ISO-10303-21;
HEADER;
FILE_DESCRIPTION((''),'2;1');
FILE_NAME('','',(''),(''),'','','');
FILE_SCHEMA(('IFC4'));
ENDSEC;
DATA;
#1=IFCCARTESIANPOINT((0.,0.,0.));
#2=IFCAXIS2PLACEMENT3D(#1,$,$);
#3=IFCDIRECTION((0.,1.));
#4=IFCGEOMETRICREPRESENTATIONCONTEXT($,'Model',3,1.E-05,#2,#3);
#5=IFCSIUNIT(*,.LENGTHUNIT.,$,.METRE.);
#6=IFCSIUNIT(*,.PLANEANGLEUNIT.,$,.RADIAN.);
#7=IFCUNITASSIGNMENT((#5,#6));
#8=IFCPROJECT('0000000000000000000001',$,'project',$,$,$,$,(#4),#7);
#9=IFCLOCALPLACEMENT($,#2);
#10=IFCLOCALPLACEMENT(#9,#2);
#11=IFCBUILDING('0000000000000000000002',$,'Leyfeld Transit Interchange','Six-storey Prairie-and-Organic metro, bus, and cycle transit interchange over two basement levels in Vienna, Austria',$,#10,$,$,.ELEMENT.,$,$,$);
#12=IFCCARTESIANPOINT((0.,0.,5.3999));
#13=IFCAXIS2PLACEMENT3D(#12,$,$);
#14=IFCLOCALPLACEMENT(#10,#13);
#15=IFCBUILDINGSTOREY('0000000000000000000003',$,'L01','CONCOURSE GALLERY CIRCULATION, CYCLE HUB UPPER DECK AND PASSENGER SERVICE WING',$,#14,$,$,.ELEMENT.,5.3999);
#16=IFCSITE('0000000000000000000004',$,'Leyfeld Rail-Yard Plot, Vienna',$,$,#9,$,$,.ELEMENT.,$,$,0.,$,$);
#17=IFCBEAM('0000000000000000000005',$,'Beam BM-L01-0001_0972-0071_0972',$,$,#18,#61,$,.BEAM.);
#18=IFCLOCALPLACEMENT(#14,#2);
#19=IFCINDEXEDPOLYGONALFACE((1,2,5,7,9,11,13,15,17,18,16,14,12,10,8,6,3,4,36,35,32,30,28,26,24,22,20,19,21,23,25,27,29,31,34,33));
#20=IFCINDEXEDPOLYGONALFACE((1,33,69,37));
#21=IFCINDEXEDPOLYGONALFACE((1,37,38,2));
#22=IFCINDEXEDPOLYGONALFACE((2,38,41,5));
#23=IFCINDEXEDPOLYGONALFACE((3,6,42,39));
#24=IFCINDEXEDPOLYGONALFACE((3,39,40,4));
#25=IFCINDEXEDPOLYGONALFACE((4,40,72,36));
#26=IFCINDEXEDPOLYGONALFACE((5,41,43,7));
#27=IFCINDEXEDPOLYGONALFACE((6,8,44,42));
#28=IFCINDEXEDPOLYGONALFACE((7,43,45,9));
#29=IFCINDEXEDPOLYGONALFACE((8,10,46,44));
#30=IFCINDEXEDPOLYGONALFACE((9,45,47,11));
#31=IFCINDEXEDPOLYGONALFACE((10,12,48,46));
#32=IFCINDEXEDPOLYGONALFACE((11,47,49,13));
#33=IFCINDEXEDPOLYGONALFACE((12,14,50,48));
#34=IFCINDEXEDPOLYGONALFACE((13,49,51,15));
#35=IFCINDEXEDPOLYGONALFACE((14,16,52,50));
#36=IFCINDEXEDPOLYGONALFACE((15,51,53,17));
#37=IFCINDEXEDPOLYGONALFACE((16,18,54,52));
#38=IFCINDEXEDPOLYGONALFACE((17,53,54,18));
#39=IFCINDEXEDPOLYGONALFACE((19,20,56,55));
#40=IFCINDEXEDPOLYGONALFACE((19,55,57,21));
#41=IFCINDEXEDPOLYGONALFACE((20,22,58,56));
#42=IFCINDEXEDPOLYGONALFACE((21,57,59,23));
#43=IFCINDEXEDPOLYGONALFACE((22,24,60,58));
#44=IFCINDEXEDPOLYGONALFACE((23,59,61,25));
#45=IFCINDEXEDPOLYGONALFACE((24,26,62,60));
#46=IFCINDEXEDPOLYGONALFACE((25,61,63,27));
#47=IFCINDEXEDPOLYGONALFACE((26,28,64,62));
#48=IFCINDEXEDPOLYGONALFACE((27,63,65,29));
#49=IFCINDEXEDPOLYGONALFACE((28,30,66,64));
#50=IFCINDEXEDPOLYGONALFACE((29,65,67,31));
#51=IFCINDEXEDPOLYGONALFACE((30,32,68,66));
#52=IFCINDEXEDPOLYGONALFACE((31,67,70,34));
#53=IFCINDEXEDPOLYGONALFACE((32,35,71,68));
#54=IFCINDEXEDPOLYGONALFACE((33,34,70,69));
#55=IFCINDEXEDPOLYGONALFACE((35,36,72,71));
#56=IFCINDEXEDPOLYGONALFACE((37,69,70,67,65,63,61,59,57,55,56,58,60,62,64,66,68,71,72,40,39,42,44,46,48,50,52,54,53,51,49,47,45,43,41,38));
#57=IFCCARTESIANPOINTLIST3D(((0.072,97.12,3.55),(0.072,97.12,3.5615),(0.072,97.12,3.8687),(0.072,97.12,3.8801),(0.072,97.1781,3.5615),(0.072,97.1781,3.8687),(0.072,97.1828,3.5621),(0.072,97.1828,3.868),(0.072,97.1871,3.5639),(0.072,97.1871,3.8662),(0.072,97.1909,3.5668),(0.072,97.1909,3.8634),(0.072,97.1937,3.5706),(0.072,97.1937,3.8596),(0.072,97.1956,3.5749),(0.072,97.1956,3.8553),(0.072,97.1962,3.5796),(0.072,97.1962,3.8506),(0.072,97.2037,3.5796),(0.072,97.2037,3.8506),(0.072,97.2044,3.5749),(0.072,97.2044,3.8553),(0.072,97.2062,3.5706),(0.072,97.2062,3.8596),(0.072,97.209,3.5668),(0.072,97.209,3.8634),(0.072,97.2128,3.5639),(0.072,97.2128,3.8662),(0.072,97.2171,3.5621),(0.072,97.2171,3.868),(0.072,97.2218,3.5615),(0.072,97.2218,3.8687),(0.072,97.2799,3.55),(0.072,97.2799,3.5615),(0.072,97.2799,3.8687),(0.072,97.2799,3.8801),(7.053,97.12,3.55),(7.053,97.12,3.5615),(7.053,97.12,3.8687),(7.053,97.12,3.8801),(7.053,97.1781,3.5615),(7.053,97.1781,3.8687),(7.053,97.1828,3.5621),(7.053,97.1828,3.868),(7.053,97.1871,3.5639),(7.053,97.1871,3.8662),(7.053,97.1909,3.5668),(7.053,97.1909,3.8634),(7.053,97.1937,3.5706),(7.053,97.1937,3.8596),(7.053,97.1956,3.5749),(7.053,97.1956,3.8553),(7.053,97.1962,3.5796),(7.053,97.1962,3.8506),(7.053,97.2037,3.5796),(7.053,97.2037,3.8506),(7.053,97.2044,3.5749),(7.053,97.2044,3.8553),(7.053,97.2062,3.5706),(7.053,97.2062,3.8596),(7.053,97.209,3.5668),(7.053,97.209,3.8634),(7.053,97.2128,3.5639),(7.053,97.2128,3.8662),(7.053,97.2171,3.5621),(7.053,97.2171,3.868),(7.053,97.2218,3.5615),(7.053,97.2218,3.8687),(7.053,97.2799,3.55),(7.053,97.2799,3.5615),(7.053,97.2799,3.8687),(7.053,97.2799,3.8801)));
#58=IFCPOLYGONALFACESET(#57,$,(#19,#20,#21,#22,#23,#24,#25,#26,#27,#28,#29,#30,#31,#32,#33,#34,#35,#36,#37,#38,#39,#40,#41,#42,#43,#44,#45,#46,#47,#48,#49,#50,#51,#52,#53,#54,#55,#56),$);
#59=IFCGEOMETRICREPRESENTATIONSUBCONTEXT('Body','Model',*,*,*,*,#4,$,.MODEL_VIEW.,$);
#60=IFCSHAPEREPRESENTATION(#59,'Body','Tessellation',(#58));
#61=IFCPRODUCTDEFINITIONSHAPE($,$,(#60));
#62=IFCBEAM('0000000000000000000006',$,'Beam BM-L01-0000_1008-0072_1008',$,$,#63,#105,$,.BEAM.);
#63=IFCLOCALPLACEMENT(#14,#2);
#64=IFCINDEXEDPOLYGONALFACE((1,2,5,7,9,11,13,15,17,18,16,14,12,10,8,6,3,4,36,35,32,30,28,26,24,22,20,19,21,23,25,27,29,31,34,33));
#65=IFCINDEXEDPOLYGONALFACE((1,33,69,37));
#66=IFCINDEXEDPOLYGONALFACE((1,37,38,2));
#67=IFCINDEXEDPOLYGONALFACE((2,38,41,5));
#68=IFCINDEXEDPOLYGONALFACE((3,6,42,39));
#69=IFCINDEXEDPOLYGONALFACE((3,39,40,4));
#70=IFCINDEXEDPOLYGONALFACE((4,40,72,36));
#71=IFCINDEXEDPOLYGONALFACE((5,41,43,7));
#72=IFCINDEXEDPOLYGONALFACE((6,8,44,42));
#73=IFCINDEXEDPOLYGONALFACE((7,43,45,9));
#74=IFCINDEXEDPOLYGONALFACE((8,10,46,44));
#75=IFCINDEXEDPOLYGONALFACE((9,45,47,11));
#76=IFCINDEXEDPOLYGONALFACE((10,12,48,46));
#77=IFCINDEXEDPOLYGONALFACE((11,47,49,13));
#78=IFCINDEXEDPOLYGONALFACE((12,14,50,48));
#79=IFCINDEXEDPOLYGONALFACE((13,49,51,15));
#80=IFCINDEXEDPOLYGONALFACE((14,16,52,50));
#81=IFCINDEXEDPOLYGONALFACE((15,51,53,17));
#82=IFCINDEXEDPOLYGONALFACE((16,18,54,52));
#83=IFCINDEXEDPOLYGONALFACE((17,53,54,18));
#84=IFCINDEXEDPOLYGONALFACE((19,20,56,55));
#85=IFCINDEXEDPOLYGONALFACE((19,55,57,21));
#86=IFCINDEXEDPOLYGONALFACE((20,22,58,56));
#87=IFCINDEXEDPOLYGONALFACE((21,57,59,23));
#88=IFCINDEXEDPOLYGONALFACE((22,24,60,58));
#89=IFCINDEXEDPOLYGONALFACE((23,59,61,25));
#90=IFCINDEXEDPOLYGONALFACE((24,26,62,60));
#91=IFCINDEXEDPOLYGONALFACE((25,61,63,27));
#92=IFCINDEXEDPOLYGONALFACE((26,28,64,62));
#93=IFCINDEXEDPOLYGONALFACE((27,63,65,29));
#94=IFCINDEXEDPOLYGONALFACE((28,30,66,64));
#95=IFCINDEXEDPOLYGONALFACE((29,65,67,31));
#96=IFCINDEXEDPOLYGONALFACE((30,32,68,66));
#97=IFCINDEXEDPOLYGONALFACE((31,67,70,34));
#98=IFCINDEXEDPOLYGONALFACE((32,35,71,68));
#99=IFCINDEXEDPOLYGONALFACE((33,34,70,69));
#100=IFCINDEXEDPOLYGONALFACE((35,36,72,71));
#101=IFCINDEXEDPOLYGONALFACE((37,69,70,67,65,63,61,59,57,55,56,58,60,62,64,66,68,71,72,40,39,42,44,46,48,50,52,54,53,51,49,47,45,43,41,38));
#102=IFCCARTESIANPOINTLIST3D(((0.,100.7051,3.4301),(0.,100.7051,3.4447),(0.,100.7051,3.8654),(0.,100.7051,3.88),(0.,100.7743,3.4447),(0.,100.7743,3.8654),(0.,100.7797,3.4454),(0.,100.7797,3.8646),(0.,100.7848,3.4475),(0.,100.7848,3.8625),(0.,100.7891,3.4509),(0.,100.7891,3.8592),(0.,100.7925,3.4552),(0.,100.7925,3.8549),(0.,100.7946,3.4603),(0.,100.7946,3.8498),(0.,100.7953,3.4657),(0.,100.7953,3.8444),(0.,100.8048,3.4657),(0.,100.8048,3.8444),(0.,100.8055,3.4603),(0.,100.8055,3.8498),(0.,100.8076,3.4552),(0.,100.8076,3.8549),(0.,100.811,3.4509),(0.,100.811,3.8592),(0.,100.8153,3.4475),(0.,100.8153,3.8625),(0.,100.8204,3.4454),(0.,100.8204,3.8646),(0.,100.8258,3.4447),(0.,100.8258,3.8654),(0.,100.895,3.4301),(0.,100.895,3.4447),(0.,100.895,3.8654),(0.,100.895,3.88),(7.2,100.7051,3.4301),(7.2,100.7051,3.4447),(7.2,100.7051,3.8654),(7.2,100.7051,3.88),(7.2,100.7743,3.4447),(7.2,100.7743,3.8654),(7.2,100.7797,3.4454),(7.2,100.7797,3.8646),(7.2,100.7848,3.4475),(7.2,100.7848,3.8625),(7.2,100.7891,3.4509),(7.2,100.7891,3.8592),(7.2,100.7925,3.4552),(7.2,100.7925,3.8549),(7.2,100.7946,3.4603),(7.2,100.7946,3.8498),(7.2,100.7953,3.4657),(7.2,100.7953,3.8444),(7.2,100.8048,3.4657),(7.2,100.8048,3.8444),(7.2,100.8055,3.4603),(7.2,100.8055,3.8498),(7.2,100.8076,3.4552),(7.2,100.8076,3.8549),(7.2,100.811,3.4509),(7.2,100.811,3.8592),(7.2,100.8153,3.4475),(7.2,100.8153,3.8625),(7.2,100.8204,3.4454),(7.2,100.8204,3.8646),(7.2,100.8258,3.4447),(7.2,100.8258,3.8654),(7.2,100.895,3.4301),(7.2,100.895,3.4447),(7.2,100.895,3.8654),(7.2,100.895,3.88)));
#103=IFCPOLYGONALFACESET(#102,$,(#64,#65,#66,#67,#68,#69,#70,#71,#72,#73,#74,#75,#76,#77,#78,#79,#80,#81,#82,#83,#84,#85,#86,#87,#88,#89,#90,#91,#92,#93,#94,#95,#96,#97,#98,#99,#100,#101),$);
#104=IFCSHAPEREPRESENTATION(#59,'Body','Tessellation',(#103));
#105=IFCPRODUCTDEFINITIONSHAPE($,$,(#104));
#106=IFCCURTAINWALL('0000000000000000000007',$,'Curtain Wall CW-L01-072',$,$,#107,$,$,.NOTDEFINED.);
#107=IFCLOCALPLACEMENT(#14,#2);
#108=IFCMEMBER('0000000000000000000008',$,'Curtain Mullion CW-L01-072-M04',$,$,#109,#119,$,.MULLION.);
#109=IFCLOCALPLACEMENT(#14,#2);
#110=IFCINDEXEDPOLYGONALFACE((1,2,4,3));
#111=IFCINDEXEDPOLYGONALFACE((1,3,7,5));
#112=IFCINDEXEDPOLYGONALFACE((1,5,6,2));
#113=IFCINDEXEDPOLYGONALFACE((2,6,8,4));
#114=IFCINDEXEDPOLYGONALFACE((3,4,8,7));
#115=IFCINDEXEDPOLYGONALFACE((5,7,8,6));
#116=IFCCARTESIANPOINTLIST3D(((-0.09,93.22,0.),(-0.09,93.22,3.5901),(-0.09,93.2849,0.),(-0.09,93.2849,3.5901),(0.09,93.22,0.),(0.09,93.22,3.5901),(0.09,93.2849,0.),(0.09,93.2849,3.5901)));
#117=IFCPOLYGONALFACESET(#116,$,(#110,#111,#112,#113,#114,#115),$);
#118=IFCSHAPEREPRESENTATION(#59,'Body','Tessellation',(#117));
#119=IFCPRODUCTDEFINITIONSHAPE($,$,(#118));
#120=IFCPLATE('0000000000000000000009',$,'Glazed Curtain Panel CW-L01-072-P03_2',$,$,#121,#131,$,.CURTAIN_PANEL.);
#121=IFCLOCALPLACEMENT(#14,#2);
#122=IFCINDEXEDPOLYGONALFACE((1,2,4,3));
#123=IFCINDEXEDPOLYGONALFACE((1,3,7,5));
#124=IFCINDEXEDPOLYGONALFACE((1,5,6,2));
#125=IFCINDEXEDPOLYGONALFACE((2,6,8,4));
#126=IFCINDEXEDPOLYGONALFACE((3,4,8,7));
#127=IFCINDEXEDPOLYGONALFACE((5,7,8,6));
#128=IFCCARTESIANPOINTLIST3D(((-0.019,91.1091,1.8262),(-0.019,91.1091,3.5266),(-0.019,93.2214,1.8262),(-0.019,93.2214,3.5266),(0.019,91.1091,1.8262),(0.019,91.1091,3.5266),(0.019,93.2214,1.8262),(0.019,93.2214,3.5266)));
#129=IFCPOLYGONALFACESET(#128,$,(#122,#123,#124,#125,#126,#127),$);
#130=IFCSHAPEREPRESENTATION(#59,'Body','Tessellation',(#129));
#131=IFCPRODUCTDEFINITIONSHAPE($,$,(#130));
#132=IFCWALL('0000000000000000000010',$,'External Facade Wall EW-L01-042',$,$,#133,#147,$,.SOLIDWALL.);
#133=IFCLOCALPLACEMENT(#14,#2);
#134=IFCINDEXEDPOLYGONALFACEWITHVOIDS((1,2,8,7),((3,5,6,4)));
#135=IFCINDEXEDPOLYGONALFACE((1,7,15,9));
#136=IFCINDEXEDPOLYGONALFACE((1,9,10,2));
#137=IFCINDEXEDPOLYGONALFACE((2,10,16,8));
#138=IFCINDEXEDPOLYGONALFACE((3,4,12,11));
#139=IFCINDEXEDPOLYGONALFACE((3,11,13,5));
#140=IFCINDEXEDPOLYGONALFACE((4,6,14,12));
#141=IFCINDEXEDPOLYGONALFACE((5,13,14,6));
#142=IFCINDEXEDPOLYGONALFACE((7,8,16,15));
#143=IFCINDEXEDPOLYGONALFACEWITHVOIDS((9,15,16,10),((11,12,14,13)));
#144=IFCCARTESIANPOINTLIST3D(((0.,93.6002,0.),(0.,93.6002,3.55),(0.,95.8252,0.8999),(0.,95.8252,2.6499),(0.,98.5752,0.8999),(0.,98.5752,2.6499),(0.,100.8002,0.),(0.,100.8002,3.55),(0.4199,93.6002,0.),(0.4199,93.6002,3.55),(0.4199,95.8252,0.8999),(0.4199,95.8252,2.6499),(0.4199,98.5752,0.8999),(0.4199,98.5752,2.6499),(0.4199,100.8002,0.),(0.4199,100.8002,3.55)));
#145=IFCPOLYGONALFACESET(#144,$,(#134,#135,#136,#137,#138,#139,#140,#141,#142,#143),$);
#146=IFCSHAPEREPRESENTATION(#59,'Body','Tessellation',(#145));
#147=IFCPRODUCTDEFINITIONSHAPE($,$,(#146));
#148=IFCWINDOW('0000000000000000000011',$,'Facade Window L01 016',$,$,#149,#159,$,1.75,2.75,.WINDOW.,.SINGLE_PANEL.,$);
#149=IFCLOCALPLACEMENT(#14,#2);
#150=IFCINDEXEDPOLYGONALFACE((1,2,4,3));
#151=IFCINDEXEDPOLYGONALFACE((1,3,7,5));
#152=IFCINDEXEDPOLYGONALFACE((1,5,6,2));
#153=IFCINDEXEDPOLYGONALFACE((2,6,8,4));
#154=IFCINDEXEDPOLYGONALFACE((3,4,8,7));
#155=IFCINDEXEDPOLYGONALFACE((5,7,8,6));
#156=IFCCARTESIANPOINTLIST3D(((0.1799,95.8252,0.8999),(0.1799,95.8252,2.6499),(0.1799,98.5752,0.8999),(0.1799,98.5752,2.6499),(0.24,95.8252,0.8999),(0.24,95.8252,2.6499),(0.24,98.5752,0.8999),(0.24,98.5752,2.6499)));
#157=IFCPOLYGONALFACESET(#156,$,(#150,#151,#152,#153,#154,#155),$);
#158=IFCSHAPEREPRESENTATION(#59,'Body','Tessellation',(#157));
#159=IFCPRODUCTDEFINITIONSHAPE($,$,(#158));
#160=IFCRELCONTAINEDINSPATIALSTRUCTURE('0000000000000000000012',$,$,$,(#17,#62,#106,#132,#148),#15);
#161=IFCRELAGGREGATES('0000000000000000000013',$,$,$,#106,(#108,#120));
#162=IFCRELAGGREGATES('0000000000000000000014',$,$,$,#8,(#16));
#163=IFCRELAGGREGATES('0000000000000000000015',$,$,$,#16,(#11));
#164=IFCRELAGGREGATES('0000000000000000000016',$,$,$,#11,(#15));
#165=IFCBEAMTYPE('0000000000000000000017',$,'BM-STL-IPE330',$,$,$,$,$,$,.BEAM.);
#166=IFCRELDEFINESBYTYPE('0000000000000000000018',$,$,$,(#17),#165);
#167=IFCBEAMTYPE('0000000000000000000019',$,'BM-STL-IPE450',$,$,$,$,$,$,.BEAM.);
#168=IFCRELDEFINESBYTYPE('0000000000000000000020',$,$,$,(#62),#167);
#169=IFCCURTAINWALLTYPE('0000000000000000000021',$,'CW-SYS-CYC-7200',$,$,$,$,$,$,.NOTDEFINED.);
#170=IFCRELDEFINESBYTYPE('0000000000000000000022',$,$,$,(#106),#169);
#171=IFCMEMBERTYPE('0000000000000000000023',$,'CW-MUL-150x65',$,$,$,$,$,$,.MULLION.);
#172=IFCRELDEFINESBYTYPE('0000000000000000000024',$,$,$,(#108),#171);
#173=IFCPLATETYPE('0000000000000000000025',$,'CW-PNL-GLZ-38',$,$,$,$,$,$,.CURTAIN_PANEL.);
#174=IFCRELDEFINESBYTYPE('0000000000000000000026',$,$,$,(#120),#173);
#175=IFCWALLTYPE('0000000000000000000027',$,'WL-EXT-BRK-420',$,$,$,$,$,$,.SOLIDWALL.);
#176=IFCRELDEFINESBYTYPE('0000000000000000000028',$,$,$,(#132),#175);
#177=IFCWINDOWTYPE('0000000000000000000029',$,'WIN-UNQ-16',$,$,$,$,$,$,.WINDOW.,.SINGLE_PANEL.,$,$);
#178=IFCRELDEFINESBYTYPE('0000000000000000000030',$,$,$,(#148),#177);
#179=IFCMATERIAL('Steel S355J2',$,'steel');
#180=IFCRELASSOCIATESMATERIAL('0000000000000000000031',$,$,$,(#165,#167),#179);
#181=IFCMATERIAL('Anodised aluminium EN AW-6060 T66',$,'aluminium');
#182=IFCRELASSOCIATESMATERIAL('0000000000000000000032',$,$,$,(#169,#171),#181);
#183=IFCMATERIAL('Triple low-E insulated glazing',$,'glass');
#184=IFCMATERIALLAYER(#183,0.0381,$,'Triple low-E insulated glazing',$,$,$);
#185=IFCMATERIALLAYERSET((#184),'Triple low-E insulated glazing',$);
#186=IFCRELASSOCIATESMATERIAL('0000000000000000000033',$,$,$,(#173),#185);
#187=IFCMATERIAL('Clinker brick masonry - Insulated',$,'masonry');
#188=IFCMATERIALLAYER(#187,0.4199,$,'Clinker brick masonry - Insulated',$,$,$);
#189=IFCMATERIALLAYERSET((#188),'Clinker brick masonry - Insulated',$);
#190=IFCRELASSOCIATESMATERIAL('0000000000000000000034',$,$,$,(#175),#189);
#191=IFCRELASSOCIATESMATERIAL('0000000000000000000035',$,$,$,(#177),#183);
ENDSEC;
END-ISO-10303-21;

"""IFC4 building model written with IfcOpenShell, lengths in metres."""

from ifc_helpers import new_model, si_unit, direction, frame, frame_2d, origin, origin_2d, place, context, subcontext, project, spatial, rectangle, i_section, extrude, material, layer, layer_set, material_profile, profile_set, type_object, element, fill, aggregate, save


model = new_model("IFC4")

# Units and contexts
model_context = context("Model", 3, precision=1e-05, world=origin(), true_north=direction((0.0, 1.0)))
body_context = subcontext(model_context, "Body", "Model", "MODEL_VIEW")
ifc_project = project(units=[si_unit("LENGTHUNIT", "METRE"), si_unit("PLANEANGLEUNIT", "RADIAN")], contexts=[model_context])

# Site, building, storey
site_placement = place(None, origin())
site = spatial("IfcSite", under=ifc_project, at=site_placement, Name="Leyfeld Rail-Yard Plot, Vienna", CompositionType="ELEMENT", RefElevation=0.0)
building_placement = place(site_placement, origin())
building = spatial("IfcBuilding", under=site, at=building_placement, Name="Leyfeld Transit Interchange", Description="Six-storey Prairie-and-Organic metro, bus, and cycle transit interchange over two basement levels in Vienna, Austria", CompositionType="ELEMENT")
storey_placement = place(building_placement, frame((0.0, 0.0, 5.3999)))
storey = spatial("IfcBuildingStorey", under=building, at=storey_placement, Name="L01", Description="CONCOURSE GALLERY CIRCULATION, CYCLE HUB UPPER DECK AND PASSENGER SERVICE WING", CompositionType="ELEMENT", Elevation=5.3999)

# Beams
ifc_material_1 = material(Name="Steel S355J2", Category="steel")
ifc_material_profile_1 = material_profile(ifc_material_1, i_section(OverallWidth=0.1599, OverallDepth=0.3301, WebThickness=0.0076, FlangeThickness=0.0115, FilletRadius=0.0181, at=origin_2d()), Name="IPE 330")
ifc_profile_set_1 = profile_set([ifc_material_profile_1], Name="Steel S355J2")
beam_type_1 = type_object("IfcBeamType", Name="BM-STL-IPE330", PredefinedType="BEAM", material=ifc_profile_set_1)
beam_1_placement = place(storey_placement, frame((0.072, 97.2, 3.7151), z_axis=(1.0, 0.0, 0.0), x_axis=(0.0, 1.0, 0.0)))
element("IfcBeam", 1, at=beam_1_placement, inside=storey, type_object=beam_type_1, Name="Beam BM-L01-0001_0972-0071_0972", PredefinedType="BEAM", context=body_context, shape_type="SweptSolid", body=[
    extrude(i_section(OverallWidth=0.1599, OverallDepth=0.3301, WebThickness=0.0076, FlangeThickness=0.0115, FilletRadius=0.0181, at=origin_2d()), origin(), (0.0, 0.0, 1.0), 6.981),
])
ifc_material_profile_2 = material_profile(ifc_material_1, i_section(OverallWidth=0.1899, OverallDepth=0.45, WebThickness=0.0095, FlangeThickness=0.0146, FilletRadius=0.021, at=origin_2d()), Name="IPE 450")
ifc_profile_set_2 = profile_set([ifc_material_profile_2], Name="Steel S355J2")
beam_type_2 = type_object("IfcBeamType", Name="BM-STL-IPE450", PredefinedType="BEAM", material=ifc_profile_set_2)
beam_2_placement = place(storey_placement, frame((0.0, 100.8, 3.655), z_axis=(1.0, 0.0, 0.0), x_axis=(0.0, 1.0, 0.0)))
element("IfcBeam", 2, at=beam_2_placement, inside=storey, type_object=beam_type_2, Name="Beam BM-L01-0000_1008-0072_1008", PredefinedType="BEAM", context=body_context, shape_type="SweptSolid", body=[
    extrude(i_section(OverallWidth=0.1899, OverallDepth=0.45, WebThickness=0.0095, FlangeThickness=0.0146, FilletRadius=0.021, at=origin_2d()), origin(), (0.0, 0.0, 1.0), 7.2),
])

# Curtain wall, member, plate
ifc_material_2 = material(Name="Anodised aluminium EN AW-6060 T66", Category="aluminium")
curtain_wall_type = type_object("IfcCurtainWallType", Name="CW-SYS-CYC-7200", PredefinedType="NOTDEFINED", material=ifc_material_2)
curtain_wall_placement = place(storey_placement, origin())
curtain_wall = element("IfcCurtainWall", 3, at=curtain_wall_placement, inside=storey, type_object=curtain_wall_type, Name="Curtain Wall CW-L01-072", PredefinedType="NOTDEFINED")
ifc_material_profile_3 = material_profile(ifc_material_2, rectangle(XDim=0.0649, YDim=0.1799, at=origin_2d()), Name="CW-M 65x180")
ifc_profile_set_3 = profile_set([ifc_material_profile_3], Name="Anodised aluminium EN AW-6060 T66")
member_type = type_object("IfcMemberType", Name="CW-MUL-150x65", PredefinedType="MULLION", material=ifc_profile_set_3)
member_placement = place(storey_placement, frame((0.0, 93.2524, 0.0), z_axis=(0.0, 0.0, 1.0), x_axis=(0.0, 1.0, 0.0)))
member = element("IfcMember", 4, at=member_placement, type_object=member_type, Name="Curtain Mullion CW-L01-072-M04", PredefinedType="MULLION", context=body_context, shape_type="SweptSolid", body=[
    extrude(rectangle(XDim=0.0649, YDim=0.1799, at=origin_2d()), origin(), (0.0, 0.0, 1.0), 3.5901),
])
ifc_material_3 = material(Name="Triple low-E insulated glazing", Category="glass")
ifc_layer_1 = layer(ifc_material_3, 0.0381, Name="Triple low-E insulated glazing")
ifc_layer_set_1 = layer_set([ifc_layer_1], Name="Triple low-E insulated glazing")
plate_type = type_object("IfcPlateType", Name="CW-PNL-GLZ-38", PredefinedType="CURTAIN_PANEL", material=ifc_layer_set_1)
plate_placement = place(storey_placement, frame((0.0, 92.1653, 1.8262), z_axis=(0.0, 0.0, 1.0), x_axis=(0.0, 1.0, 0.0)))
plate = element("IfcPlate", 5, at=plate_placement, type_object=plate_type, Name="Glazed Curtain Panel CW-L01-072-P03_2", PredefinedType="CURTAIN_PANEL", context=body_context, shape_type="SweptSolid", body=[
    extrude(rectangle(XDim=2.1123, YDim=0.0381, at=origin_2d()), origin(), (0.0, 0.0, 1.0), 1.7004),
])
aggregate(curtain_wall, [member, plate])

# Wall, opening, window
ifc_material_4 = material(Name="Clinker brick masonry - Insulated", Category="masonry")
ifc_layer_2 = layer(ifc_material_4, 0.4199, Name="Clinker brick masonry - Insulated")
ifc_layer_set_2 = layer_set([ifc_layer_2], Name="Clinker brick masonry - Insulated")
wall_type_1 = type_object("IfcWallType", Name="WL-EXT-BRK-420", PredefinedType="SOLIDWALL", material=ifc_layer_set_2)
wall_1_placement = place(storey_placement, frame((0.21, 93.6001, 0.0), z_axis=(0.0, 0.0, 1.0), x_axis=(0.0, 1.0, 0.0)))
wall_1 = element("IfcWall", 6, at=wall_1_placement, inside=storey, type_object=wall_type_1, Name="External Facade Wall EW-L01-042", PredefinedType="SOLIDWALL", context=body_context, shape_type="SweptSolid", body=[
    extrude(rectangle(XDim=7.2, YDim=0.4199, at=frame_2d((3.6001, 0.0))), origin(), (0.0, 0.0, 1.0), 3.55),
])
opening_1_placement = place(wall_1_placement, frame((2.2251, 0.0, 0.8999)))
opening_1 = element("IfcOpeningElement", 7, at=opening_1_placement, cuts=wall_1, PredefinedType="OPENING", context=body_context, shape_type="SweptSolid", body=[
    extrude(rectangle(XDim=2.75, YDim=1.75, at=frame_2d((1.375, 0.875))), frame((0.0, 0.22, 0.0), z_axis=(0.0, -1.0, 0.0), x_axis=(1.0, 0.0, 0.0)), (0.0, 0.0, 1.0), 0.4399),
])
window_type_1 = type_object("IfcWindowType", Name="WIN-UNQ-16", PartitioningType="SINGLE_PANEL", PredefinedType="WINDOW", material=ifc_material_3)
window_1_placement = place(opening_1_placement, origin())
window_1 = element("IfcWindow", 8, at=window_1_placement, inside=storey, type_object=window_type_1, Name="Facade Window L01 016", OverallHeight=1.75, OverallWidth=2.75, PartitioningType="SINGLE_PANEL", PredefinedType="WINDOW", context=body_context, shape_type="SweptSolid", body=[
    extrude(rectangle(XDim=2.75, YDim=1.75, at=frame_2d((1.375, 0.875))), frame((0.0, 0.03, 0.0), z_axis=(0.0, -1.0, 0.0), x_axis=(1.0, 0.0, 0.0)), (0.0, 0.0, 1.0), 0.0601),
])
fill(opening_1, window_1)

save(model, "model.ifc")
